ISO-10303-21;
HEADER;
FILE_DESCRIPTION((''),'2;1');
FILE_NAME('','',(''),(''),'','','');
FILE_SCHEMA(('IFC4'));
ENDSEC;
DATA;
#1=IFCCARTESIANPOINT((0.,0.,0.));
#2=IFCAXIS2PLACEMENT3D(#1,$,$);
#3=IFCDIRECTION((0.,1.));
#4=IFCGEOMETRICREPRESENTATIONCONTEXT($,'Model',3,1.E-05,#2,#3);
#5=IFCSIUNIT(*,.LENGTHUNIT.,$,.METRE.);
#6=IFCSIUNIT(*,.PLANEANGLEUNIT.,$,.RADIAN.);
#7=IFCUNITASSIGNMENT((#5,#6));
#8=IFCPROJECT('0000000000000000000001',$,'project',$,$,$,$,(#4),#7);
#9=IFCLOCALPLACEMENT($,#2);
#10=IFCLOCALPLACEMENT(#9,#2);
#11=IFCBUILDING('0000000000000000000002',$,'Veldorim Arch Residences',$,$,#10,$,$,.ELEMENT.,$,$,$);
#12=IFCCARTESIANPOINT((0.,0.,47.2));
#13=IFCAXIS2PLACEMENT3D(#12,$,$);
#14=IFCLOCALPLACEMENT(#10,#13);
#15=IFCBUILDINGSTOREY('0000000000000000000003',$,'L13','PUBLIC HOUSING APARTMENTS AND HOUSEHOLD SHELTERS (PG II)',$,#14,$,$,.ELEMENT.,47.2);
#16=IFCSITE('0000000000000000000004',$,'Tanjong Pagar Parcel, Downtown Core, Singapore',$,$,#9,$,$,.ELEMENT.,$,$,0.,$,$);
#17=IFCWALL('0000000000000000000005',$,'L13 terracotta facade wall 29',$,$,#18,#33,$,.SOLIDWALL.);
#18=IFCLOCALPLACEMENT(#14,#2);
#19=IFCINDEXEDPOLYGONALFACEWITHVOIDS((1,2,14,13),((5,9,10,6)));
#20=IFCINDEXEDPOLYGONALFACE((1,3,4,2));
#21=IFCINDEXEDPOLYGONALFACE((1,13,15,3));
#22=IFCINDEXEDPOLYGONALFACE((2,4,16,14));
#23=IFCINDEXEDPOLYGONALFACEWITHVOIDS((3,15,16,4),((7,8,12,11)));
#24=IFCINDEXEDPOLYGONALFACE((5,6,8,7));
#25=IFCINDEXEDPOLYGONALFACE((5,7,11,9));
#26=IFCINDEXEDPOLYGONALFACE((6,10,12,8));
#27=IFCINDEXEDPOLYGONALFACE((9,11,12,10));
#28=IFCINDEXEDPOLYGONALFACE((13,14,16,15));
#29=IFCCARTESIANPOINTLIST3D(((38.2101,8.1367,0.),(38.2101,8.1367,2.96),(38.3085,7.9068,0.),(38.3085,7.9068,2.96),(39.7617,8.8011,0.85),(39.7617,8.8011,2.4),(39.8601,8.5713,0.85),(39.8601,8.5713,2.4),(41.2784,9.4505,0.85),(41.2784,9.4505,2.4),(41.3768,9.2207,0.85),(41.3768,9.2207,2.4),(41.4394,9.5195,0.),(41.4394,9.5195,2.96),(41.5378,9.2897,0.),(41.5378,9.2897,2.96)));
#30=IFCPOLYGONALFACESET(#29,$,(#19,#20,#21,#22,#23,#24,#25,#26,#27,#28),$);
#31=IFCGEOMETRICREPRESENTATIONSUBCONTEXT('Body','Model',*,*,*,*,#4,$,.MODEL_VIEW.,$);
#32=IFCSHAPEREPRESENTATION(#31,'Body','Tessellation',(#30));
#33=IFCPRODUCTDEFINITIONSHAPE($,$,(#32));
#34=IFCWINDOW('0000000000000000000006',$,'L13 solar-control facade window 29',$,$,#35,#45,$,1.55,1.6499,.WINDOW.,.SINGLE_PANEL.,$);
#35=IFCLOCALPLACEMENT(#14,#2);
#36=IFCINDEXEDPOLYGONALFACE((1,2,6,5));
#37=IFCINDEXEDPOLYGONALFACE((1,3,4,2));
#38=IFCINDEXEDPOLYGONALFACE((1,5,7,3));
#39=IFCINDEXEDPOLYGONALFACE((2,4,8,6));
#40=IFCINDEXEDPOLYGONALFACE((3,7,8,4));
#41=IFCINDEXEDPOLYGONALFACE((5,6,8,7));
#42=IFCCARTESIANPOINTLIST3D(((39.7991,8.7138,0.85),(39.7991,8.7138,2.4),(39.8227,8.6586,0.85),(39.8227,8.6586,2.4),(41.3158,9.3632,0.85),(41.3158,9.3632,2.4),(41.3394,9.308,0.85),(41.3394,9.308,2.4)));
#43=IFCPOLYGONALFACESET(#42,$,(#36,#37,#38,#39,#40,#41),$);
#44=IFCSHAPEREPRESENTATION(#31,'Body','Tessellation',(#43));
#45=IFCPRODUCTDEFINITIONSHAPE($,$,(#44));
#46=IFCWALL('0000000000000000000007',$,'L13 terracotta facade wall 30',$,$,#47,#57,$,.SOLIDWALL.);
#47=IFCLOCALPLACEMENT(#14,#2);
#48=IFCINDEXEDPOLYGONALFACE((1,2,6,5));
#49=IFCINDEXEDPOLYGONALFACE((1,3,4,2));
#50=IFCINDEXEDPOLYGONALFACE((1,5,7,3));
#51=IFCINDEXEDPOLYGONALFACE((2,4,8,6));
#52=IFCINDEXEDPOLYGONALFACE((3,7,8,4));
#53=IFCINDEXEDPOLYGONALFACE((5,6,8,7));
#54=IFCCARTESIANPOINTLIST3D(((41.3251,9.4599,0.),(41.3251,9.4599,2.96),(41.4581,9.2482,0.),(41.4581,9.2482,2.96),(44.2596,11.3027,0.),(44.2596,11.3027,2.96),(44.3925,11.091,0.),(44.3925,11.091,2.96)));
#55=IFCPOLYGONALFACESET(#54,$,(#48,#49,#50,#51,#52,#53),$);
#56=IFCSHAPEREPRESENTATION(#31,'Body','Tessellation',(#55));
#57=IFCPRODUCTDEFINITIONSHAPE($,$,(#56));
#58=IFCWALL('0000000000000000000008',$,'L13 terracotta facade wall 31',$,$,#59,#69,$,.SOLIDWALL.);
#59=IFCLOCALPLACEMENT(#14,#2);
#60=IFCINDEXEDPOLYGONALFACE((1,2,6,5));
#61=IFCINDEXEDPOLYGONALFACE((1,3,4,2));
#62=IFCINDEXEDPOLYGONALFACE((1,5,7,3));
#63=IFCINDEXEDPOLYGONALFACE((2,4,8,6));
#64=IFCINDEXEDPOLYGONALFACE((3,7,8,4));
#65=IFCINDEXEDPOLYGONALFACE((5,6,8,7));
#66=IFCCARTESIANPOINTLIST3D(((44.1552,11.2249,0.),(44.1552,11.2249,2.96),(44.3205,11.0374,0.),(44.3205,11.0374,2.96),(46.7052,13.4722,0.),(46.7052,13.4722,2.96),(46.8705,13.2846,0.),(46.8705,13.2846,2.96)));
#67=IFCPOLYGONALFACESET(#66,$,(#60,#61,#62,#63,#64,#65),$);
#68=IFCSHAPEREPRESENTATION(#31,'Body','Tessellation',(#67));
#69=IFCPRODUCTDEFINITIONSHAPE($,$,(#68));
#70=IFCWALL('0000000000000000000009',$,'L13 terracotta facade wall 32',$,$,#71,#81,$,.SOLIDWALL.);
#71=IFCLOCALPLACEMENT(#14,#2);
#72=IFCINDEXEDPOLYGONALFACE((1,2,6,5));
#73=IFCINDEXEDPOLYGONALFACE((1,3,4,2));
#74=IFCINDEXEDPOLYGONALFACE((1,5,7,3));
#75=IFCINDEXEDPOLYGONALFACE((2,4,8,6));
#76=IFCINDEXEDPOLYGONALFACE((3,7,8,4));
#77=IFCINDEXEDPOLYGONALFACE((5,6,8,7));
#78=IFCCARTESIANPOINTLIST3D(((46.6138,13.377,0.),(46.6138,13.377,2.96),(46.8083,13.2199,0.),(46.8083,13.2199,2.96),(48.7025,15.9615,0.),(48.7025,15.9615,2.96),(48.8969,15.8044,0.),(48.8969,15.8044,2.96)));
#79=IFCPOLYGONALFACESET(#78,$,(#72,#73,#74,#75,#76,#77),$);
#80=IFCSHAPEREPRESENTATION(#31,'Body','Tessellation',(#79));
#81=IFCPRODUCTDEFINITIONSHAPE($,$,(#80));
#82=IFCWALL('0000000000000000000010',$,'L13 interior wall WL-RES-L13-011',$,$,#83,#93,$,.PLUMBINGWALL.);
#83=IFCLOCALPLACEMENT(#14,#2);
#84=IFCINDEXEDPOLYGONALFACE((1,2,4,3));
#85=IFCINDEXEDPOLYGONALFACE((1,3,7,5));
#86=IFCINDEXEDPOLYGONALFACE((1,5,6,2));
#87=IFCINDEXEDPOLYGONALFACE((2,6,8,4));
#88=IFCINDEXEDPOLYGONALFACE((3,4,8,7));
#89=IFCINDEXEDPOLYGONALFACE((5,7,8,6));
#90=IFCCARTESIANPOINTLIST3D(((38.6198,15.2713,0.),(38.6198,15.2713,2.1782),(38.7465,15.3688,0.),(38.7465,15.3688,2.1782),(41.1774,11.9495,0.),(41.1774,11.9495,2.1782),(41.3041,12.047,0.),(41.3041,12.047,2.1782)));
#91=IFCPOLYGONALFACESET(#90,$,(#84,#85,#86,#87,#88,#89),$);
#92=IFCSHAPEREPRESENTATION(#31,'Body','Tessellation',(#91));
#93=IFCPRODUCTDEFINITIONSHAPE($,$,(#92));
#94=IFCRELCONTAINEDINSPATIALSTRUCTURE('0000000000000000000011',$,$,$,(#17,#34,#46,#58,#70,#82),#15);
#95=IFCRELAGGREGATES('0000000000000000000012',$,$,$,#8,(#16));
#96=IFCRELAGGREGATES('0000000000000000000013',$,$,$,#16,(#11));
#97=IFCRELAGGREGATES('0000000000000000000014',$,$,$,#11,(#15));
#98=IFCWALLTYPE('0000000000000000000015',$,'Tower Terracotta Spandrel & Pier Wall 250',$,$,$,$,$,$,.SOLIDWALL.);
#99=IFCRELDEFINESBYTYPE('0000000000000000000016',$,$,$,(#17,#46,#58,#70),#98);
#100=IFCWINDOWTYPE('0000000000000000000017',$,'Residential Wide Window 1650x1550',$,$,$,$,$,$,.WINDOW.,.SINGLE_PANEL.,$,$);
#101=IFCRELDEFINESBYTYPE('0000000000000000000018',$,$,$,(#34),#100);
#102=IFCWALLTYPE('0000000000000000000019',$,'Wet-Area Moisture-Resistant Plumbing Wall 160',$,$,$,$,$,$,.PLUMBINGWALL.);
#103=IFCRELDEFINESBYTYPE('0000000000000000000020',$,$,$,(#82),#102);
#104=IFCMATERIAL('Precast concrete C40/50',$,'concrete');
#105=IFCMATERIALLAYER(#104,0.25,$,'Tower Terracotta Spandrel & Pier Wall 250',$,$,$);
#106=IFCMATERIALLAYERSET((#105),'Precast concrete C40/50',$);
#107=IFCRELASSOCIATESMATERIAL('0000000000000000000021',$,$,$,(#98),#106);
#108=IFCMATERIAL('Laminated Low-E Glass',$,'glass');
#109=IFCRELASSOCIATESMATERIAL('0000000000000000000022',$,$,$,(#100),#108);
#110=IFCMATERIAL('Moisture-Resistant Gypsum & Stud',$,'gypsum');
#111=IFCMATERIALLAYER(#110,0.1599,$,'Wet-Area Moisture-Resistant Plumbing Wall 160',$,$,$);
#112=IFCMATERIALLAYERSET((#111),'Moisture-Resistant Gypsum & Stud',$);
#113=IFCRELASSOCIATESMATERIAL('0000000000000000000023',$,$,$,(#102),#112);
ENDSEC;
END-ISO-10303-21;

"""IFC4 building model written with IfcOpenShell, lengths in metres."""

from ifc_helpers import new_model, si_unit, direction, frame, frame_2d, origin, place, context, subcontext, project, spatial, rectangle, extrude, material, layer, layer_set, type_object, element, fill, save


model = new_model("IFC4")

# Units and contexts
model_context = context("Model", 3, precision=1e-05, world=origin(), true_north=direction((0.0, 1.0)))
body_context = subcontext(model_context, "Body", "Model", "MODEL_VIEW")
ifc_project = project(units=[si_unit("LENGTHUNIT", "METRE"), si_unit("PLANEANGLEUNIT", "RADIAN")], contexts=[model_context])

# Site, building, storey
site_placement = place(None, origin())
site = spatial("IfcSite", under=ifc_project, at=site_placement, Name="Tanjong Pagar Parcel, Downtown Core, Singapore", CompositionType="ELEMENT", RefElevation=0.0)
building_placement = place(site_placement, origin())
building = spatial("IfcBuilding", under=site, at=building_placement, Name="Veldorim Arch Residences", CompositionType="ELEMENT")
storey_placement = place(building_placement, frame((0.0, 0.0, 47.2)))
storey = spatial("IfcBuildingStorey", under=building, at=storey_placement, Name="L13", Description="PUBLIC HOUSING APARTMENTS AND HOUSEHOLD SHELTERS (PG II)", CompositionType="ELEMENT", Elevation=47.2)

# Shared definitions
ifc_material_1 = material(Name="Precast concrete C40/50", Category="concrete")
ifc_layer_1 = layer(ifc_material_1, 0.25, Name="Tower Terracotta Spandrel & Pier Wall 250")
ifc_layer_set_1 = layer_set([ifc_layer_1], Name="Precast concrete C40/50")
wall_type_1 = type_object("IfcWallType", Name="Tower Terracotta Spandrel & Pier Wall 250", PredefinedType="SOLIDWALL", material=ifc_layer_set_1)

# Wall, opening, window
wall_1_placement = place(storey_placement, frame((41.4885, 9.4045, 0.0), z_axis=(0.0, 0.0, 1.0), x_axis=(-0.919264, -0.393642, 0.0)))
wall_1 = element("IfcWall", 1, at=wall_1_placement, inside=storey, type_object=wall_type_1, Name="L13 terracotta facade wall 29", PredefinedType="SOLIDWALL", context=body_context, shape_type="SweptSolid", body=[
    extrude(rectangle(XDim=3.5129, YDim=0.25, at=frame_2d((1.7563, 0.0))), origin(), (0.0, 0.0, 1.0), 2.96),
])
opening_1_placement = place(wall_1_placement, frame((0.175, 0.0, 0.8501)))
opening_1 = element("IfcOpeningElement", 2, at=opening_1_placement, cuts=wall_1, PredefinedType="OPENING", context=body_context, shape_type="SweptSolid", body=[
    extrude(rectangle(XDim=1.6499, YDim=1.55, at=frame_2d((0.825, 0.7749))), frame((0.0, 0.135, 0.0), z_axis=(0.0, -1.0, 0.0), x_axis=(1.0, 0.0, 0.0)), (0.0, 0.0, 1.0), 0.27),
])
ifc_material_2 = material(Name="Laminated Low-E Glass", Category="glass")
window_type = type_object("IfcWindowType", Name="Residential Wide Window 1650x1550", PartitioningType="SINGLE_PANEL", PredefinedType="WINDOW", material=ifc_material_2)
window_placement = place(opening_1_placement, origin())
window = element("IfcWindow", 3, at=window_placement, inside=storey, type_object=window_type, Name="L13 solar-control facade window 29", OverallHeight=1.55, OverallWidth=1.6499, PartitioningType="SINGLE_PANEL", PredefinedType="WINDOW", context=body_context, shape_type="SweptSolid", body=[
    extrude(rectangle(XDim=1.6499, YDim=1.55, at=frame_2d((0.825, 0.7749))), frame((0.0, 0.03, 0.0), z_axis=(0.0, -1.0, 0.0), x_axis=(1.0, 0.0, 0.0)), (0.0, 0.0, 1.0), 0.0601),
])
fill(opening_1, window)

# Walls
wall_2_placement = place(storey_placement, frame((44.3259, 11.1968, 0.0), z_axis=(0.0, 0.0, 1.0), x_axis=(-0.846852, -0.531828, 0.0)))
element("IfcWall", 4, at=wall_2_placement, inside=storey, type_object=wall_type_1, Name="L13 terracotta facade wall 30", PredefinedType="SOLIDWALL", context=body_context, shape_type="SweptSolid", body=[
    extrude(rectangle(XDim=3.4651, YDim=0.25, at=frame_2d((1.7324, 0.0))), origin(), (0.0, 0.0, 1.0), 2.96),
])
wall_3_placement = place(storey_placement, frame((46.7878, 13.3784, 0.0), z_axis=(0.0, 0.0, 1.0), x_axis=(-0.750236, -0.66117, 0.0)))
element("IfcWall", 5, at=wall_3_placement, inside=storey, type_object=wall_type_1, Name="L13 terracotta facade wall 31", PredefinedType="SOLIDWALL", context=body_context, shape_type="SweptSolid", body=[
    extrude(rectangle(XDim=3.3989, YDim=0.25, at=frame_2d((1.6995, 0.0))), origin(), (0.0, 0.0, 1.0), 2.96),
])
wall_4_placement = place(storey_placement, frame((48.7998, 15.8831, 0.0), z_axis=(0.0, 0.0, 1.0), x_axis=(-0.628549, -0.77777, 0.0)))
element("IfcWall", 6, at=wall_4_placement, inside=storey, type_object=wall_type_1, Name="L13 terracotta facade wall 32", PredefinedType="SOLIDWALL", context=body_context, shape_type="SweptSolid", body=[
    extrude(rectangle(XDim=3.323, YDim=0.25, at=frame_2d((1.6616, 0.0))), origin(), (0.0, 0.0, 1.0), 2.96),
])
ifc_material_3 = material(Name="Moisture-Resistant Gypsum & Stud", Category="gypsum")
ifc_layer_2 = layer(ifc_material_3, 0.1599, Name="Wet-Area Moisture-Resistant Plumbing Wall 160")
ifc_layer_set_2 = layer_set([ifc_layer_2], Name="Moisture-Resistant Gypsum & Stud")
wall_type_2 = type_object("IfcWallType", Name="Wet-Area Moisture-Resistant Plumbing Wall 160", PredefinedType="PLUMBINGWALL", material=ifc_layer_set_2)
wall_5_placement = place(storey_placement, frame((38.6831, 15.3201, 0.0), z_axis=(0.0, 0.0, 1.0), x_axis=(0.610071, -0.792347, 0.0)))
element("IfcWall", 7, at=wall_5_placement, inside=storey, type_object=wall_type_2, Name="L13 interior wall WL-RES-L13-011", PredefinedType="PLUMBINGWALL", context=body_context, shape_type="SweptSolid", body=[
    extrude(rectangle(XDim=4.1924, YDim=0.1599, at=frame_2d((2.0962, 0.0))), origin(), (0.0, 0.0, 1.0), 2.1782),
])

save(model, "model.ifc")
